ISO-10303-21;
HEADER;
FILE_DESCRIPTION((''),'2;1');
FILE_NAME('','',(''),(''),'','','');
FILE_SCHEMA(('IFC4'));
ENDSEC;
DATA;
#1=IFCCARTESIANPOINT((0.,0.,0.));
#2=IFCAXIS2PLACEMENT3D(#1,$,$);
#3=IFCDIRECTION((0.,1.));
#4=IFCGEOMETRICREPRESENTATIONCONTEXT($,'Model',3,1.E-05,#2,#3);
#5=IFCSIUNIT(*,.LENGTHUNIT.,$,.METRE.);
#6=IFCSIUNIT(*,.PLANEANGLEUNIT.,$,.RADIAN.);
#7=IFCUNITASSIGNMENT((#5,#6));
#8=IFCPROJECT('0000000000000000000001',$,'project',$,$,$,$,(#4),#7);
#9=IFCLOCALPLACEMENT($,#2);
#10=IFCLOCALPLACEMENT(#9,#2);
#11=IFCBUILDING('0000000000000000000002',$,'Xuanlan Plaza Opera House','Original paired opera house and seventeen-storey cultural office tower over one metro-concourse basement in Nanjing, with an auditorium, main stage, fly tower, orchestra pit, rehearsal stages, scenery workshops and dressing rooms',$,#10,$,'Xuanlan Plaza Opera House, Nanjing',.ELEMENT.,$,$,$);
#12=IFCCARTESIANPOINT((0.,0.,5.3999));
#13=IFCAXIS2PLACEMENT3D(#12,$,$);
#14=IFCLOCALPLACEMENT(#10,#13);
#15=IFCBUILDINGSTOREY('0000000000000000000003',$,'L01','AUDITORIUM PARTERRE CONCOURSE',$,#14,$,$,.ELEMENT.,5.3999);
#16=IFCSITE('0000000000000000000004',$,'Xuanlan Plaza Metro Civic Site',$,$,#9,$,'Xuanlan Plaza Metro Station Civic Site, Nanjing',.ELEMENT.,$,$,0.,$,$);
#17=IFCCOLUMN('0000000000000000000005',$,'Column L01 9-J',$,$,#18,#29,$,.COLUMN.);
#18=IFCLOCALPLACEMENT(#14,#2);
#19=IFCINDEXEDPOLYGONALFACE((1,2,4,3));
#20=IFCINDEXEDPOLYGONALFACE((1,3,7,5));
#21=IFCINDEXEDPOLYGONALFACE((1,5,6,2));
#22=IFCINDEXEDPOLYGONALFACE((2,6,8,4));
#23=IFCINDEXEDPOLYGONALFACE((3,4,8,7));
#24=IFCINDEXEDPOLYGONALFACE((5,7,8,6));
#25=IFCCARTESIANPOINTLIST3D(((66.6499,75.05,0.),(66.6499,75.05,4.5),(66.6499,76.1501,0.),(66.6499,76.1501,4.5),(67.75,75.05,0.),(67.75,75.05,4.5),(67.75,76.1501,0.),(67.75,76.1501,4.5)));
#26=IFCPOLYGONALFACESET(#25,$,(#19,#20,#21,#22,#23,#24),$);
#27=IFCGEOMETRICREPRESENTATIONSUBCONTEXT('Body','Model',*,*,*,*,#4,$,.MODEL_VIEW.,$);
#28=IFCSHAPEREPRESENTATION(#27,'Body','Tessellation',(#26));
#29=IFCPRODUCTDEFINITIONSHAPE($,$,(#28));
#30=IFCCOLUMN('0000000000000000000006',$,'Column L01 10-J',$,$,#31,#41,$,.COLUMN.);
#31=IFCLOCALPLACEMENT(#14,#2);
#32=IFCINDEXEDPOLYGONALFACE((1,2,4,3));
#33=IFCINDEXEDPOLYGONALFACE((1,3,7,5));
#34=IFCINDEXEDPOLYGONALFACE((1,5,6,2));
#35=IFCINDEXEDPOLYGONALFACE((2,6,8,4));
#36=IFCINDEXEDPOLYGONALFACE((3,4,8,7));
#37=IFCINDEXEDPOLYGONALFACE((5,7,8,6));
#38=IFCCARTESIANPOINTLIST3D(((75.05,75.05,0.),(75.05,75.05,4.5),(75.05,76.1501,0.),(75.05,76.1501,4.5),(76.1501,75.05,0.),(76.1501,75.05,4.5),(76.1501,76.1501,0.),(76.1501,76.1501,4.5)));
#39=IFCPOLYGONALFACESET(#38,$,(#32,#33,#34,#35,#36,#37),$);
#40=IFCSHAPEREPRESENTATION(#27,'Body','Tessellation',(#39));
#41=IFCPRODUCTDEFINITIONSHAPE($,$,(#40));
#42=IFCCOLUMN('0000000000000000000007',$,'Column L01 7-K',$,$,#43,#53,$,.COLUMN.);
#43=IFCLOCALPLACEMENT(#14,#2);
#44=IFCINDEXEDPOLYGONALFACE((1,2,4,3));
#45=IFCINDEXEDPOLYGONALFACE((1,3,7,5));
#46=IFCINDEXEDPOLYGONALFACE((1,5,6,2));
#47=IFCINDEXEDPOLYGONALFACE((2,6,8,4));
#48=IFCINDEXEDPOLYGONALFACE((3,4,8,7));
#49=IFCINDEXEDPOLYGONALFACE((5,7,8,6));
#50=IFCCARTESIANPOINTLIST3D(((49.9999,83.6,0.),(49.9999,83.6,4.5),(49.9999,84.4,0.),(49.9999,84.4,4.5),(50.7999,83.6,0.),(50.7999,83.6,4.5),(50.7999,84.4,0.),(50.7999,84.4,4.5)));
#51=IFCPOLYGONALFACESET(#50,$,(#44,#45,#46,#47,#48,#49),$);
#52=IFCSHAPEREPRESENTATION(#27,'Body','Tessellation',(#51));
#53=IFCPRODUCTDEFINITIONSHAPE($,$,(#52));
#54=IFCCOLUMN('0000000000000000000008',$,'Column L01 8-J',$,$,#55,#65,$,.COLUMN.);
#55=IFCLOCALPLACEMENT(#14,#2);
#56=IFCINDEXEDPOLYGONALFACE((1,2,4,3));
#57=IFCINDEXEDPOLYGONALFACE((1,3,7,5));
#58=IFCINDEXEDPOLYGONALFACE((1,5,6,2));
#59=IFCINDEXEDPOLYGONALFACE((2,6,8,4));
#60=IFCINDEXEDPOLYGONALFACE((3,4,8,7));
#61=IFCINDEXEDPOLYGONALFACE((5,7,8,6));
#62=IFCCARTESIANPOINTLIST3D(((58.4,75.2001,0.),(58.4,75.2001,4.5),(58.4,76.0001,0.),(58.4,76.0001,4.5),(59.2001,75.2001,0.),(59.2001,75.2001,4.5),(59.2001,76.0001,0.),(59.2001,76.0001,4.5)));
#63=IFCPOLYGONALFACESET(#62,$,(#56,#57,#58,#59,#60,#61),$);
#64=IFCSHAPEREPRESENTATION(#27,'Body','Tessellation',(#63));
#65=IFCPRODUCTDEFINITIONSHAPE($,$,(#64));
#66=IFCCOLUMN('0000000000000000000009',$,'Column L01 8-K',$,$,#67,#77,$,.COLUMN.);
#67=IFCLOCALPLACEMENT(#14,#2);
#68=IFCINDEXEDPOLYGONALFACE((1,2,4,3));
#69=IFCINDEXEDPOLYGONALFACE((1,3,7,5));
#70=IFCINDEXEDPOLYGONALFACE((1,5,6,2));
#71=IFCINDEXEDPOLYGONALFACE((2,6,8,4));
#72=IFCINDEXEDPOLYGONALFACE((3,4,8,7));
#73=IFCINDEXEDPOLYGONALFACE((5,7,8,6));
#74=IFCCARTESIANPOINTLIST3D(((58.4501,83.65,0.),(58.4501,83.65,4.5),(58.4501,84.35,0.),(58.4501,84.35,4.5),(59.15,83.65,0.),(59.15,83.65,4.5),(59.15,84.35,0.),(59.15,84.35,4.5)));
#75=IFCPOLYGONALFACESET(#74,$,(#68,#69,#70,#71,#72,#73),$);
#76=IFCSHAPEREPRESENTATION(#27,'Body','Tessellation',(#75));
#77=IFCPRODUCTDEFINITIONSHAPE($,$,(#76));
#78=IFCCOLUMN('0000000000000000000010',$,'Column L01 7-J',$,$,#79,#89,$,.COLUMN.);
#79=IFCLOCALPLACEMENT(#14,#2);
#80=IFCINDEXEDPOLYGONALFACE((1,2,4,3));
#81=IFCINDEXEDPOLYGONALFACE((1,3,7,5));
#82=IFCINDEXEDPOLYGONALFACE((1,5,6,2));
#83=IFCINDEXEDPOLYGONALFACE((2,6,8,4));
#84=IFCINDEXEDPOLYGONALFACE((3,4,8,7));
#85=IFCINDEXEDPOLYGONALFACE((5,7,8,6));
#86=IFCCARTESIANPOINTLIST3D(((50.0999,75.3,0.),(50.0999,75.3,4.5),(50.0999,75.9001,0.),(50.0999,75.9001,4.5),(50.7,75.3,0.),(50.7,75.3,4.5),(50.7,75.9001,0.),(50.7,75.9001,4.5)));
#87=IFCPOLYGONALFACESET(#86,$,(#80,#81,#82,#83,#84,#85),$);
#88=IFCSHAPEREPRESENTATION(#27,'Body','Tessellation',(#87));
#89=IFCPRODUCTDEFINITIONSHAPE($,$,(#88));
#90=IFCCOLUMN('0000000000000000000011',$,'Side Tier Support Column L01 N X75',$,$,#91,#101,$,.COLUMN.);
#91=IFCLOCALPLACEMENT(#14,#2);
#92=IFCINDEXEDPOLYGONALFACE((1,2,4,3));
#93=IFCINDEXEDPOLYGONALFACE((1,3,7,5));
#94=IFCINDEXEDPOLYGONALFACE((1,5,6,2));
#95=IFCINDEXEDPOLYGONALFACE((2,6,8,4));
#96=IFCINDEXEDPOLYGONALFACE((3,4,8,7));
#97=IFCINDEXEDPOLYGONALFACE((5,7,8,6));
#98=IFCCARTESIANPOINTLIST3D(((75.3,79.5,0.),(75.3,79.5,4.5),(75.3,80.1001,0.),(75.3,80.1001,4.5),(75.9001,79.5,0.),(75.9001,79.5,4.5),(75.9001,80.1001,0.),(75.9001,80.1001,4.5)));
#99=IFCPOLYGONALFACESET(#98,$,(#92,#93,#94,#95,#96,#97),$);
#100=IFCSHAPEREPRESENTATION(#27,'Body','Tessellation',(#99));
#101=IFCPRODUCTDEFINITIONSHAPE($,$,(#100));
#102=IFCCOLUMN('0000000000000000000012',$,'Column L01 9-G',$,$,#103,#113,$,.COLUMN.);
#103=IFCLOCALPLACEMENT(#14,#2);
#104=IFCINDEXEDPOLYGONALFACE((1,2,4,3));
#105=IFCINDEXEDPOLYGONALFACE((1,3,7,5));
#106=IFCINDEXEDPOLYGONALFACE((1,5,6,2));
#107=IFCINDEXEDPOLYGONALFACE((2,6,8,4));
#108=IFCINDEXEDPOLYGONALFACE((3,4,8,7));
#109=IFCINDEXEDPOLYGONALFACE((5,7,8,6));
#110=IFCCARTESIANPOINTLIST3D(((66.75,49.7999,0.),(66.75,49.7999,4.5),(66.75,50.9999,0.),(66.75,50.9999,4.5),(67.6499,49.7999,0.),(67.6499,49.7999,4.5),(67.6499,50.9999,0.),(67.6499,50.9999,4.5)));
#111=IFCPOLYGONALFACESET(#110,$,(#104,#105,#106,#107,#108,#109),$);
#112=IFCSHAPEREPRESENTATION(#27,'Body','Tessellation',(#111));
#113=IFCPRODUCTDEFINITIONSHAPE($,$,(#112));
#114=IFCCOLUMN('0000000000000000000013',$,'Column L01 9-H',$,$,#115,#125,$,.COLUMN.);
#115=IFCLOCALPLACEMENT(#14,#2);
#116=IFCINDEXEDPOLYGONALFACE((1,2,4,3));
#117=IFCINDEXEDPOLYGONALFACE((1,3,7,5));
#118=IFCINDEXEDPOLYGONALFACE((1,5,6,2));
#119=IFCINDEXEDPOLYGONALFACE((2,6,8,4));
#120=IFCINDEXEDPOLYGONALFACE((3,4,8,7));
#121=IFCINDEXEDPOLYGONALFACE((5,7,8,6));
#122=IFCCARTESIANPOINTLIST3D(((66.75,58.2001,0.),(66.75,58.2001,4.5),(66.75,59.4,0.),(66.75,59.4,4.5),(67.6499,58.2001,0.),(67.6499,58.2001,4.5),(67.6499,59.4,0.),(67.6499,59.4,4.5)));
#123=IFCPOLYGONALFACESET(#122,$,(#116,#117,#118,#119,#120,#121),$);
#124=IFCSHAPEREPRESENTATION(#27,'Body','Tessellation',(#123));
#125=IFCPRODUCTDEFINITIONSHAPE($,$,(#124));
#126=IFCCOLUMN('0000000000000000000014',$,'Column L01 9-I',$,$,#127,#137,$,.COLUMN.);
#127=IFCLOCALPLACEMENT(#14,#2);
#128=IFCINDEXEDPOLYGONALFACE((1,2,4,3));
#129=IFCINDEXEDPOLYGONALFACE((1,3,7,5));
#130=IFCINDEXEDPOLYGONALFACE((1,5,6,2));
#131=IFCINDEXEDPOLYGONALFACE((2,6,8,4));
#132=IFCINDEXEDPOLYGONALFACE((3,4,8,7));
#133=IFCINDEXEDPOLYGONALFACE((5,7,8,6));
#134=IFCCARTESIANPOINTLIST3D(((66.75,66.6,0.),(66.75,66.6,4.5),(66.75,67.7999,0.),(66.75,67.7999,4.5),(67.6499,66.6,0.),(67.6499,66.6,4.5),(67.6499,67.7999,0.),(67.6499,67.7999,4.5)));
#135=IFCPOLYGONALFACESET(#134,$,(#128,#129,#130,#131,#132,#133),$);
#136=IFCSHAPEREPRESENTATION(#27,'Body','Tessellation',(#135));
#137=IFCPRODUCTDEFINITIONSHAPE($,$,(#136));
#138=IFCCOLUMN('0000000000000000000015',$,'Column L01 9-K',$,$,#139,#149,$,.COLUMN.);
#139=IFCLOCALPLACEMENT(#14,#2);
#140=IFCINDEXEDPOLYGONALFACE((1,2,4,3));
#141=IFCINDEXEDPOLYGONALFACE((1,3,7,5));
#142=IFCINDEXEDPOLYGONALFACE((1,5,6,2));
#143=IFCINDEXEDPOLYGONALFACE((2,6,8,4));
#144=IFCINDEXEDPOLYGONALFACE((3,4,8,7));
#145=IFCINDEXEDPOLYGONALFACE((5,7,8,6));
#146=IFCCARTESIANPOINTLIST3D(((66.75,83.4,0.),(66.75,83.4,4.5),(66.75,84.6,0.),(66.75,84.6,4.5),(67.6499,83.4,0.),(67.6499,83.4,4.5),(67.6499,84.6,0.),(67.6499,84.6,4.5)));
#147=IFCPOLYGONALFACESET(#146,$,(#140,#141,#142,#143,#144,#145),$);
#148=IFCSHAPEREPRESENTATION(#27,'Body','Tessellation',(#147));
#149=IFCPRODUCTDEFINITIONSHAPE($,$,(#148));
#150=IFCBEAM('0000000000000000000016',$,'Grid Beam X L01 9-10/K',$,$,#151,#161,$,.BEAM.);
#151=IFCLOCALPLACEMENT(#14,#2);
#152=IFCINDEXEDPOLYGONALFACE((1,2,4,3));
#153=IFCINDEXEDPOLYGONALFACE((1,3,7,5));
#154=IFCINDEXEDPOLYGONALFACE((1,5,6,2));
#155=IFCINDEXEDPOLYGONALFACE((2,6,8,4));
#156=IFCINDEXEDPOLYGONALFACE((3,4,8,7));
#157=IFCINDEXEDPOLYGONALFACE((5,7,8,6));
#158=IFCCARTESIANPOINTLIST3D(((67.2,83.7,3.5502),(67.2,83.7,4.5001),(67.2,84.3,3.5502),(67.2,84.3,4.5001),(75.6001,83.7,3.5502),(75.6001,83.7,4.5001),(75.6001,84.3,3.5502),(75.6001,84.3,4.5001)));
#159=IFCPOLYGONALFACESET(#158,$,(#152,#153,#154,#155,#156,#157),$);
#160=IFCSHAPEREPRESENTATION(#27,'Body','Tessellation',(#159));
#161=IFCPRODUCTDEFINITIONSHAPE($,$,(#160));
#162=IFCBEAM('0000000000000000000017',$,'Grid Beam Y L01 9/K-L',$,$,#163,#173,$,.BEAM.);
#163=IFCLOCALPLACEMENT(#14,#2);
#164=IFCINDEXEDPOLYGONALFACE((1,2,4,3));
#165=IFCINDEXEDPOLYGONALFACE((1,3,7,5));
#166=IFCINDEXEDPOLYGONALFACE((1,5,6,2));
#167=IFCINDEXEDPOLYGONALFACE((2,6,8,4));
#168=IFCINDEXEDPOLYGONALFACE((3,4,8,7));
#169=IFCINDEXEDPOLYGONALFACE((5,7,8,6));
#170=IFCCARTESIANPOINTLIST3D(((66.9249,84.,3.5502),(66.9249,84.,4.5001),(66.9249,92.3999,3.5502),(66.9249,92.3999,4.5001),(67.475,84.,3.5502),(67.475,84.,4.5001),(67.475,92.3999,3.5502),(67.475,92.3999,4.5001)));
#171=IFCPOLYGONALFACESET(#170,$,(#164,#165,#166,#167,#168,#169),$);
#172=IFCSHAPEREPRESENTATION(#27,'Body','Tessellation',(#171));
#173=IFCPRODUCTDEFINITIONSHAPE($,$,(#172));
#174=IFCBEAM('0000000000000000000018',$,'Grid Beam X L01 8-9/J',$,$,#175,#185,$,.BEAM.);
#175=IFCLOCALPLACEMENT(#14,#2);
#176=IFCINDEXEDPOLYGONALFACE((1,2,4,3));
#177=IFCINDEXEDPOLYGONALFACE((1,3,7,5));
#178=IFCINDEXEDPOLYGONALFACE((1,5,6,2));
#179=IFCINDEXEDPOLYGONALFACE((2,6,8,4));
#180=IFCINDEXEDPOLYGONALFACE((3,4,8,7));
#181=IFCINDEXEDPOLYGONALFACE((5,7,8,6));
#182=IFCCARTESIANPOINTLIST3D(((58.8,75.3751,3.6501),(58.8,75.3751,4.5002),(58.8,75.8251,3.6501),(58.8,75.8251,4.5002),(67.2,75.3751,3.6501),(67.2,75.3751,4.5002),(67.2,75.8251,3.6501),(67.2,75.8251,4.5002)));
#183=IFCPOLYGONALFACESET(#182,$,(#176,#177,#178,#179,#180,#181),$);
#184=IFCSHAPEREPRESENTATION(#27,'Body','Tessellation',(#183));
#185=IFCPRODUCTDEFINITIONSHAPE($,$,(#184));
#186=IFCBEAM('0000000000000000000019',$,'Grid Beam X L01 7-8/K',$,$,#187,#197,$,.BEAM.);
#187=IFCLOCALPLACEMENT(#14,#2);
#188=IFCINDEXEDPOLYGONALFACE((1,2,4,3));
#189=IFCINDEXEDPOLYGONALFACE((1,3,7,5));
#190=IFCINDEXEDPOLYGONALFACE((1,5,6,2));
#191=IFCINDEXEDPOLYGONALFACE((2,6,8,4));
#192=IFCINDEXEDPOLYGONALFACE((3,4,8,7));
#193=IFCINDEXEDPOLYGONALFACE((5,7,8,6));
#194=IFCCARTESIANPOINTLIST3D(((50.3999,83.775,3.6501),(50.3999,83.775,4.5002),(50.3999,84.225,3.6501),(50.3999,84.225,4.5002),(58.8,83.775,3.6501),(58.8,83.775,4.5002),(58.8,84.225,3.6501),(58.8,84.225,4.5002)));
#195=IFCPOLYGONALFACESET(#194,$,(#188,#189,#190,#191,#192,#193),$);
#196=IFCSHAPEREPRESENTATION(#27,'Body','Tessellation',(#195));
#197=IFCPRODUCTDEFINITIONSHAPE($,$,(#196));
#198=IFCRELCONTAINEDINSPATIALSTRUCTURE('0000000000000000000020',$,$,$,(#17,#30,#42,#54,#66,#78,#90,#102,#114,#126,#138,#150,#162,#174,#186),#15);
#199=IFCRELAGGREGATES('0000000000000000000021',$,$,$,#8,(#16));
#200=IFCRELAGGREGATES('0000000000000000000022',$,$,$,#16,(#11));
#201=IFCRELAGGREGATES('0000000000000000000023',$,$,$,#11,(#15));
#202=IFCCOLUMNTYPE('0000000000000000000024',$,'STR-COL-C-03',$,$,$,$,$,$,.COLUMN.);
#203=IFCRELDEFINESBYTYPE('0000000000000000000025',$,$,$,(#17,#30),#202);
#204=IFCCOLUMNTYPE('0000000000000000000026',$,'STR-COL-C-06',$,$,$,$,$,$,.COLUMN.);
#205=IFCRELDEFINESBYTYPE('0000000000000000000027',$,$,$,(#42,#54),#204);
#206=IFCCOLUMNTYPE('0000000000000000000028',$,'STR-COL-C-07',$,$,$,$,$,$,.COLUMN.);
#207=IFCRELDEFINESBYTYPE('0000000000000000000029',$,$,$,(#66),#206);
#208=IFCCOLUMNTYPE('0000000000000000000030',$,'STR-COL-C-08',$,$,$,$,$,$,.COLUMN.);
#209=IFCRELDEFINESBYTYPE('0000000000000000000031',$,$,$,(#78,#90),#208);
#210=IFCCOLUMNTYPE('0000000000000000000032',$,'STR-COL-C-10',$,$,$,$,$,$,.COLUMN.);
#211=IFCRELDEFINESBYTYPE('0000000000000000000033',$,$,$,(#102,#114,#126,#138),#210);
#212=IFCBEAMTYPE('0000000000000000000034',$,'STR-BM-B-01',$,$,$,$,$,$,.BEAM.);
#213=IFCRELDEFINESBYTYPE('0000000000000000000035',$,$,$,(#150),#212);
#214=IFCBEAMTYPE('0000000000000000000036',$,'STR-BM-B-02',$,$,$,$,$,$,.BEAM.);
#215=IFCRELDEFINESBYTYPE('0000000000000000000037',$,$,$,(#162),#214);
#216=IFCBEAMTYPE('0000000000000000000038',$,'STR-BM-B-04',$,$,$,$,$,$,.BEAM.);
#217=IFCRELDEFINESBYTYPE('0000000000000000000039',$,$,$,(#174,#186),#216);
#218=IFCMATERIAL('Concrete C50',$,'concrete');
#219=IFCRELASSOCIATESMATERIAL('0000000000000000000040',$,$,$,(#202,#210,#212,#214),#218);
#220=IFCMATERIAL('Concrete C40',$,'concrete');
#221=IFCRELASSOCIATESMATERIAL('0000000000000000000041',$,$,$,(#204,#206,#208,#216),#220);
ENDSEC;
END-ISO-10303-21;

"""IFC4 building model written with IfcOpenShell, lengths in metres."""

from ifc_helpers import new_model, si_unit, direction, frame, origin, origin_2d, place, context, subcontext, project, spatial, rectangle, extrude, material, material_profile, profile_set, type_object, element, save


model = new_model("IFC4")

# Units and contexts
model_context = context("Model", 3, precision=1e-05, world=origin(), true_north=direction((0.0, 1.0)))
body_context = subcontext(model_context, "Body", "Model", "MODEL_VIEW")
ifc_project = project(units=[si_unit("LENGTHUNIT", "METRE"), si_unit("PLANEANGLEUNIT", "RADIAN")], contexts=[model_context])

# Site, building, storey
site_placement = place(None, origin())
site = spatial("IfcSite", under=ifc_project, at=site_placement, Name="Xuanlan Plaza Metro Civic Site", LongName="Xuanlan Plaza Metro Station Civic Site, Nanjing", CompositionType="ELEMENT", RefElevation=0.0)
building_placement = place(site_placement, origin())
building = spatial("IfcBuilding", under=site, at=building_placement, Name="Xuanlan Plaza Opera House", Description="Original paired opera house and seventeen-storey cultural office tower over one metro-concourse basement in Nanjing, with an auditorium, main stage, fly tower, orchestra pit, rehearsal stages, scenery workshops and dressing rooms", LongName="Xuanlan Plaza Opera House, Nanjing", CompositionType="ELEMENT")
storey_placement = place(building_placement, frame((0.0, 0.0, 5.3999)))
storey = spatial("IfcBuildingStorey", under=building, at=storey_placement, Name="L01", Description="AUDITORIUM PARTERRE CONCOURSE", CompositionType="ELEMENT", Elevation=5.3999)

# Columns
ifc_material_1 = material(Name="Concrete C50", Category="concrete")
ifc_material_profile_1 = material_profile(ifc_material_1, rectangle(XDim=1.1001, YDim=1.1001, at=origin_2d()), Name="RC-COL 1100x1100")
ifc_profile_set_1 = profile_set([ifc_material_profile_1], Name="Concrete C50")
column_type_1 = type_object("IfcColumnType", Name="STR-COL-C-03", PredefinedType="COLUMN", material=ifc_profile_set_1)
for number, where, z_axis, x_axis, name in (
    (1, (67.2, 75.6001, 0.0), (0.0, 0.0, 1.0), (1.0, 0.0, 0.0), "Column L01 9-J"),
    (2, (75.6001, 75.6001, 0.0), (0.0, 0.0, 1.0), (1.0, 0.0, 0.0), "Column L01 10-J"),
):
    element("IfcColumn", number, at=place(storey_placement, frame(where, z_axis=z_axis, x_axis=x_axis)), inside=storey, type_object=column_type_1, Name=name, PredefinedType="COLUMN", context=body_context, shape_type="SweptSolid", body=[
        extrude(rectangle(XDim=1.1001, YDim=1.1001, at=origin_2d()), origin(), (0.0, 0.0, 1.0), 4.5),
    ])
ifc_material_2 = material(Name="Concrete C40", Category="concrete")
ifc_material_profile_2 = material_profile(ifc_material_2, rectangle(XDim=0.8, YDim=0.8, at=origin_2d()), Name="RC-COL 800x800")
ifc_profile_set_2 = profile_set([ifc_material_profile_2], Name="Concrete C40")
column_type_2 = type_object("IfcColumnType", Name="STR-COL-C-06", PredefinedType="COLUMN", material=ifc_profile_set_2)
for number, where, z_axis, x_axis, name in (
    (3, (50.3999, 84.0, 0.0), (0.0, 0.0, 1.0), (1.0, 0.0, 0.0), "Column L01 7-K"),
    (4, (58.8, 75.6001, 0.0), (0.0, 0.0, 1.0), (1.0, 0.0, 0.0), "Column L01 8-J"),
):
    element("IfcColumn", number, at=place(storey_placement, frame(where, z_axis=z_axis, x_axis=x_axis)), inside=storey, type_object=column_type_2, Name=name, PredefinedType="COLUMN", context=body_context, shape_type="SweptSolid", body=[
        extrude(rectangle(XDim=0.8, YDim=0.8, at=origin_2d()), origin(), (0.0, 0.0, 1.0), 4.5),
    ])
ifc_material_profile_3 = material_profile(ifc_material_2, rectangle(XDim=0.7, YDim=0.7, at=origin_2d()), Name="RC-COL 700x700")
ifc_profile_set_3 = profile_set([ifc_material_profile_3], Name="Concrete C40")
column_type_3 = type_object("IfcColumnType", Name="STR-COL-C-07", PredefinedType="COLUMN", material=ifc_profile_set_3)
column_placement = place(storey_placement, frame((58.8, 84.0, 0.0), z_axis=(0.0, 0.0, 1.0), x_axis=(1.0, 0.0, 0.0)))
element("IfcColumn", 5, at=column_placement, inside=storey, type_object=column_type_3, Name="Column L01 8-K", PredefinedType="COLUMN", context=body_context, shape_type="SweptSolid", body=[
    extrude(rectangle(XDim=0.7, YDim=0.7, at=origin_2d()), origin(), (0.0, 0.0, 1.0), 4.5),
])
ifc_material_profile_4 = material_profile(ifc_material_2, rectangle(XDim=0.6001, YDim=0.6001, at=origin_2d()), Name="RC-COL 600x600")
ifc_profile_set_4 = profile_set([ifc_material_profile_4], Name="Concrete C40")
column_type_4 = type_object("IfcColumnType", Name="STR-COL-C-08", PredefinedType="COLUMN", material=ifc_profile_set_4)
for number, where, z_axis, x_axis, name in (
    (6, (50.3999, 75.6001, 0.0), (0.0, 0.0, 1.0), (1.0, 0.0, 0.0), "Column L01 7-J"),
    (7, (75.6001, 79.8, 0.0), (0.0, 0.0, 1.0), (1.0, 0.0, 0.0), "Side Tier Support Column L01 N X75"),
):
    element("IfcColumn", number, at=place(storey_placement, frame(where, z_axis=z_axis, x_axis=x_axis)), inside=storey, type_object=column_type_4, Name=name, PredefinedType="COLUMN", context=body_context, shape_type="SweptSolid", body=[
        extrude(rectangle(XDim=0.6001, YDim=0.6001, at=origin_2d()), origin(), (0.0, 0.0, 1.0), 4.5),
    ])
ifc_material_profile_5 = material_profile(ifc_material_1, rectangle(XDim=0.8999, YDim=1.2, at=origin_2d()), Name="RC-COL 900x1200")
ifc_profile_set_5 = profile_set([ifc_material_profile_5], Name="Concrete C50")
column_type_5 = type_object("IfcColumnType", Name="STR-COL-C-10", PredefinedType="COLUMN", material=ifc_profile_set_5)
for number, where, z_axis, x_axis, name in (
    (8, (67.2, 50.3999, 0.0), (0.0, 0.0, 1.0), (1.0, 0.0, 0.0), "Column L01 9-G"),
    (9, (67.2, 58.8, 0.0), (0.0, 0.0, 1.0), (1.0, 0.0, 0.0), "Column L01 9-H"),
    (10, (67.2, 67.2, 0.0), (0.0, 0.0, 1.0), (1.0, 0.0, 0.0), "Column L01 9-I"),
    (11, (67.2, 84.0, 0.0), (0.0, 0.0, 1.0), (1.0, 0.0, 0.0), "Column L01 9-K"),
):
    element("IfcColumn", number, at=place(storey_placement, frame(where, z_axis=z_axis, x_axis=x_axis)), inside=storey, type_object=column_type_5, Name=name, PredefinedType="COLUMN", context=body_context, shape_type="SweptSolid", body=[
        extrude(rectangle(XDim=0.8999, YDim=1.2, at=origin_2d()), origin(), (0.0, 0.0, 1.0), 4.5),
    ])

# Beams
ifc_material_profile_6 = material_profile(ifc_material_1, rectangle(XDim=0.6001, YDim=0.95, at=origin_2d()), Name="RC-BM 600x950")
ifc_profile_set_6 = profile_set([ifc_material_profile_6], Name="Concrete C50")
beam_type_1 = type_object("IfcBeamType", Name="STR-BM-B-01", PredefinedType="BEAM", material=ifc_profile_set_6)
beam_1_placement = place(storey_placement, frame((67.2, 84.0, 4.0251), z_axis=(1.0, 0.0, 0.0), x_axis=(0.0, 1.0, 0.0)))
element("IfcBeam", 12, at=beam_1_placement, inside=storey, type_object=beam_type_1, Name="Grid Beam X L01 9-10/K", PredefinedType="BEAM", context=body_context, shape_type="SweptSolid", body=[
    extrude(rectangle(XDim=0.6001, YDim=0.95, at=origin_2d()), origin(), (0.0, 0.0, 1.0), 8.4001),
])
ifc_material_profile_7 = material_profile(ifc_material_1, rectangle(XDim=0.55, YDim=0.95, at=origin_2d()), Name="RC-BM 550x950")
ifc_profile_set_7 = profile_set([ifc_material_profile_7], Name="Concrete C50")
beam_type_2 = type_object("IfcBeamType", Name="STR-BM-B-02", PredefinedType="BEAM", material=ifc_profile_set_7)
beam_2_placement = place(storey_placement, frame((67.2, 84.0, 4.0251), z_axis=(0.0, 1.0, 0.0), x_axis=(-1.0, 0.0, 0.0)))
element("IfcBeam", 13, at=beam_2_placement, inside=storey, type_object=beam_type_2, Name="Grid Beam Y L01 9/K-L", PredefinedType="BEAM", context=body_context, shape_type="SweptSolid", body=[
    extrude(rectangle(XDim=0.55, YDim=0.95, at=origin_2d()), origin(), (0.0, 0.0, 1.0), 8.3999),
])
ifc_material_profile_8 = material_profile(ifc_material_2, rectangle(XDim=0.45, YDim=0.8501, at=origin_2d()), Name="RC-BM 450x850")
ifc_profile_set_8 = profile_set([ifc_material_profile_8], Name="Concrete C40")
beam_type_3 = type_object("IfcBeamType", Name="STR-BM-B-04", PredefinedType="BEAM", material=ifc_profile_set_8)
beam_3_placement = place(storey_placement, frame((58.8, 75.6001, 4.0752), z_axis=(1.0, 0.0, 0.0), x_axis=(0.0, 1.0, 0.0)))
element("IfcBeam", 14, at=beam_3_placement, inside=storey, type_object=beam_type_3, Name="Grid Beam X L01 8-9/J", PredefinedType="BEAM", context=body_context, shape_type="SweptSolid", body=[
    extrude(rectangle(XDim=0.45, YDim=0.8501, at=origin_2d()), origin(), (0.0, 0.0, 1.0), 8.3999),
])
beam_4_placement = place(storey_placement, frame((50.3999, 84.0, 4.0752), z_axis=(1.0, 0.0, 0.0), x_axis=(0.0, 1.0, 0.0)))
element("IfcBeam", 15, at=beam_4_placement, inside=storey, type_object=beam_type_3, Name="Grid Beam X L01 7-8/K", PredefinedType="BEAM", context=body_context, shape_type="SweptSolid", body=[
    extrude(rectangle(XDim=0.45, YDim=0.8501, at=origin_2d()), origin(), (0.0, 0.0, 1.0), 8.4001),
])

save(model, "model.ifc")
